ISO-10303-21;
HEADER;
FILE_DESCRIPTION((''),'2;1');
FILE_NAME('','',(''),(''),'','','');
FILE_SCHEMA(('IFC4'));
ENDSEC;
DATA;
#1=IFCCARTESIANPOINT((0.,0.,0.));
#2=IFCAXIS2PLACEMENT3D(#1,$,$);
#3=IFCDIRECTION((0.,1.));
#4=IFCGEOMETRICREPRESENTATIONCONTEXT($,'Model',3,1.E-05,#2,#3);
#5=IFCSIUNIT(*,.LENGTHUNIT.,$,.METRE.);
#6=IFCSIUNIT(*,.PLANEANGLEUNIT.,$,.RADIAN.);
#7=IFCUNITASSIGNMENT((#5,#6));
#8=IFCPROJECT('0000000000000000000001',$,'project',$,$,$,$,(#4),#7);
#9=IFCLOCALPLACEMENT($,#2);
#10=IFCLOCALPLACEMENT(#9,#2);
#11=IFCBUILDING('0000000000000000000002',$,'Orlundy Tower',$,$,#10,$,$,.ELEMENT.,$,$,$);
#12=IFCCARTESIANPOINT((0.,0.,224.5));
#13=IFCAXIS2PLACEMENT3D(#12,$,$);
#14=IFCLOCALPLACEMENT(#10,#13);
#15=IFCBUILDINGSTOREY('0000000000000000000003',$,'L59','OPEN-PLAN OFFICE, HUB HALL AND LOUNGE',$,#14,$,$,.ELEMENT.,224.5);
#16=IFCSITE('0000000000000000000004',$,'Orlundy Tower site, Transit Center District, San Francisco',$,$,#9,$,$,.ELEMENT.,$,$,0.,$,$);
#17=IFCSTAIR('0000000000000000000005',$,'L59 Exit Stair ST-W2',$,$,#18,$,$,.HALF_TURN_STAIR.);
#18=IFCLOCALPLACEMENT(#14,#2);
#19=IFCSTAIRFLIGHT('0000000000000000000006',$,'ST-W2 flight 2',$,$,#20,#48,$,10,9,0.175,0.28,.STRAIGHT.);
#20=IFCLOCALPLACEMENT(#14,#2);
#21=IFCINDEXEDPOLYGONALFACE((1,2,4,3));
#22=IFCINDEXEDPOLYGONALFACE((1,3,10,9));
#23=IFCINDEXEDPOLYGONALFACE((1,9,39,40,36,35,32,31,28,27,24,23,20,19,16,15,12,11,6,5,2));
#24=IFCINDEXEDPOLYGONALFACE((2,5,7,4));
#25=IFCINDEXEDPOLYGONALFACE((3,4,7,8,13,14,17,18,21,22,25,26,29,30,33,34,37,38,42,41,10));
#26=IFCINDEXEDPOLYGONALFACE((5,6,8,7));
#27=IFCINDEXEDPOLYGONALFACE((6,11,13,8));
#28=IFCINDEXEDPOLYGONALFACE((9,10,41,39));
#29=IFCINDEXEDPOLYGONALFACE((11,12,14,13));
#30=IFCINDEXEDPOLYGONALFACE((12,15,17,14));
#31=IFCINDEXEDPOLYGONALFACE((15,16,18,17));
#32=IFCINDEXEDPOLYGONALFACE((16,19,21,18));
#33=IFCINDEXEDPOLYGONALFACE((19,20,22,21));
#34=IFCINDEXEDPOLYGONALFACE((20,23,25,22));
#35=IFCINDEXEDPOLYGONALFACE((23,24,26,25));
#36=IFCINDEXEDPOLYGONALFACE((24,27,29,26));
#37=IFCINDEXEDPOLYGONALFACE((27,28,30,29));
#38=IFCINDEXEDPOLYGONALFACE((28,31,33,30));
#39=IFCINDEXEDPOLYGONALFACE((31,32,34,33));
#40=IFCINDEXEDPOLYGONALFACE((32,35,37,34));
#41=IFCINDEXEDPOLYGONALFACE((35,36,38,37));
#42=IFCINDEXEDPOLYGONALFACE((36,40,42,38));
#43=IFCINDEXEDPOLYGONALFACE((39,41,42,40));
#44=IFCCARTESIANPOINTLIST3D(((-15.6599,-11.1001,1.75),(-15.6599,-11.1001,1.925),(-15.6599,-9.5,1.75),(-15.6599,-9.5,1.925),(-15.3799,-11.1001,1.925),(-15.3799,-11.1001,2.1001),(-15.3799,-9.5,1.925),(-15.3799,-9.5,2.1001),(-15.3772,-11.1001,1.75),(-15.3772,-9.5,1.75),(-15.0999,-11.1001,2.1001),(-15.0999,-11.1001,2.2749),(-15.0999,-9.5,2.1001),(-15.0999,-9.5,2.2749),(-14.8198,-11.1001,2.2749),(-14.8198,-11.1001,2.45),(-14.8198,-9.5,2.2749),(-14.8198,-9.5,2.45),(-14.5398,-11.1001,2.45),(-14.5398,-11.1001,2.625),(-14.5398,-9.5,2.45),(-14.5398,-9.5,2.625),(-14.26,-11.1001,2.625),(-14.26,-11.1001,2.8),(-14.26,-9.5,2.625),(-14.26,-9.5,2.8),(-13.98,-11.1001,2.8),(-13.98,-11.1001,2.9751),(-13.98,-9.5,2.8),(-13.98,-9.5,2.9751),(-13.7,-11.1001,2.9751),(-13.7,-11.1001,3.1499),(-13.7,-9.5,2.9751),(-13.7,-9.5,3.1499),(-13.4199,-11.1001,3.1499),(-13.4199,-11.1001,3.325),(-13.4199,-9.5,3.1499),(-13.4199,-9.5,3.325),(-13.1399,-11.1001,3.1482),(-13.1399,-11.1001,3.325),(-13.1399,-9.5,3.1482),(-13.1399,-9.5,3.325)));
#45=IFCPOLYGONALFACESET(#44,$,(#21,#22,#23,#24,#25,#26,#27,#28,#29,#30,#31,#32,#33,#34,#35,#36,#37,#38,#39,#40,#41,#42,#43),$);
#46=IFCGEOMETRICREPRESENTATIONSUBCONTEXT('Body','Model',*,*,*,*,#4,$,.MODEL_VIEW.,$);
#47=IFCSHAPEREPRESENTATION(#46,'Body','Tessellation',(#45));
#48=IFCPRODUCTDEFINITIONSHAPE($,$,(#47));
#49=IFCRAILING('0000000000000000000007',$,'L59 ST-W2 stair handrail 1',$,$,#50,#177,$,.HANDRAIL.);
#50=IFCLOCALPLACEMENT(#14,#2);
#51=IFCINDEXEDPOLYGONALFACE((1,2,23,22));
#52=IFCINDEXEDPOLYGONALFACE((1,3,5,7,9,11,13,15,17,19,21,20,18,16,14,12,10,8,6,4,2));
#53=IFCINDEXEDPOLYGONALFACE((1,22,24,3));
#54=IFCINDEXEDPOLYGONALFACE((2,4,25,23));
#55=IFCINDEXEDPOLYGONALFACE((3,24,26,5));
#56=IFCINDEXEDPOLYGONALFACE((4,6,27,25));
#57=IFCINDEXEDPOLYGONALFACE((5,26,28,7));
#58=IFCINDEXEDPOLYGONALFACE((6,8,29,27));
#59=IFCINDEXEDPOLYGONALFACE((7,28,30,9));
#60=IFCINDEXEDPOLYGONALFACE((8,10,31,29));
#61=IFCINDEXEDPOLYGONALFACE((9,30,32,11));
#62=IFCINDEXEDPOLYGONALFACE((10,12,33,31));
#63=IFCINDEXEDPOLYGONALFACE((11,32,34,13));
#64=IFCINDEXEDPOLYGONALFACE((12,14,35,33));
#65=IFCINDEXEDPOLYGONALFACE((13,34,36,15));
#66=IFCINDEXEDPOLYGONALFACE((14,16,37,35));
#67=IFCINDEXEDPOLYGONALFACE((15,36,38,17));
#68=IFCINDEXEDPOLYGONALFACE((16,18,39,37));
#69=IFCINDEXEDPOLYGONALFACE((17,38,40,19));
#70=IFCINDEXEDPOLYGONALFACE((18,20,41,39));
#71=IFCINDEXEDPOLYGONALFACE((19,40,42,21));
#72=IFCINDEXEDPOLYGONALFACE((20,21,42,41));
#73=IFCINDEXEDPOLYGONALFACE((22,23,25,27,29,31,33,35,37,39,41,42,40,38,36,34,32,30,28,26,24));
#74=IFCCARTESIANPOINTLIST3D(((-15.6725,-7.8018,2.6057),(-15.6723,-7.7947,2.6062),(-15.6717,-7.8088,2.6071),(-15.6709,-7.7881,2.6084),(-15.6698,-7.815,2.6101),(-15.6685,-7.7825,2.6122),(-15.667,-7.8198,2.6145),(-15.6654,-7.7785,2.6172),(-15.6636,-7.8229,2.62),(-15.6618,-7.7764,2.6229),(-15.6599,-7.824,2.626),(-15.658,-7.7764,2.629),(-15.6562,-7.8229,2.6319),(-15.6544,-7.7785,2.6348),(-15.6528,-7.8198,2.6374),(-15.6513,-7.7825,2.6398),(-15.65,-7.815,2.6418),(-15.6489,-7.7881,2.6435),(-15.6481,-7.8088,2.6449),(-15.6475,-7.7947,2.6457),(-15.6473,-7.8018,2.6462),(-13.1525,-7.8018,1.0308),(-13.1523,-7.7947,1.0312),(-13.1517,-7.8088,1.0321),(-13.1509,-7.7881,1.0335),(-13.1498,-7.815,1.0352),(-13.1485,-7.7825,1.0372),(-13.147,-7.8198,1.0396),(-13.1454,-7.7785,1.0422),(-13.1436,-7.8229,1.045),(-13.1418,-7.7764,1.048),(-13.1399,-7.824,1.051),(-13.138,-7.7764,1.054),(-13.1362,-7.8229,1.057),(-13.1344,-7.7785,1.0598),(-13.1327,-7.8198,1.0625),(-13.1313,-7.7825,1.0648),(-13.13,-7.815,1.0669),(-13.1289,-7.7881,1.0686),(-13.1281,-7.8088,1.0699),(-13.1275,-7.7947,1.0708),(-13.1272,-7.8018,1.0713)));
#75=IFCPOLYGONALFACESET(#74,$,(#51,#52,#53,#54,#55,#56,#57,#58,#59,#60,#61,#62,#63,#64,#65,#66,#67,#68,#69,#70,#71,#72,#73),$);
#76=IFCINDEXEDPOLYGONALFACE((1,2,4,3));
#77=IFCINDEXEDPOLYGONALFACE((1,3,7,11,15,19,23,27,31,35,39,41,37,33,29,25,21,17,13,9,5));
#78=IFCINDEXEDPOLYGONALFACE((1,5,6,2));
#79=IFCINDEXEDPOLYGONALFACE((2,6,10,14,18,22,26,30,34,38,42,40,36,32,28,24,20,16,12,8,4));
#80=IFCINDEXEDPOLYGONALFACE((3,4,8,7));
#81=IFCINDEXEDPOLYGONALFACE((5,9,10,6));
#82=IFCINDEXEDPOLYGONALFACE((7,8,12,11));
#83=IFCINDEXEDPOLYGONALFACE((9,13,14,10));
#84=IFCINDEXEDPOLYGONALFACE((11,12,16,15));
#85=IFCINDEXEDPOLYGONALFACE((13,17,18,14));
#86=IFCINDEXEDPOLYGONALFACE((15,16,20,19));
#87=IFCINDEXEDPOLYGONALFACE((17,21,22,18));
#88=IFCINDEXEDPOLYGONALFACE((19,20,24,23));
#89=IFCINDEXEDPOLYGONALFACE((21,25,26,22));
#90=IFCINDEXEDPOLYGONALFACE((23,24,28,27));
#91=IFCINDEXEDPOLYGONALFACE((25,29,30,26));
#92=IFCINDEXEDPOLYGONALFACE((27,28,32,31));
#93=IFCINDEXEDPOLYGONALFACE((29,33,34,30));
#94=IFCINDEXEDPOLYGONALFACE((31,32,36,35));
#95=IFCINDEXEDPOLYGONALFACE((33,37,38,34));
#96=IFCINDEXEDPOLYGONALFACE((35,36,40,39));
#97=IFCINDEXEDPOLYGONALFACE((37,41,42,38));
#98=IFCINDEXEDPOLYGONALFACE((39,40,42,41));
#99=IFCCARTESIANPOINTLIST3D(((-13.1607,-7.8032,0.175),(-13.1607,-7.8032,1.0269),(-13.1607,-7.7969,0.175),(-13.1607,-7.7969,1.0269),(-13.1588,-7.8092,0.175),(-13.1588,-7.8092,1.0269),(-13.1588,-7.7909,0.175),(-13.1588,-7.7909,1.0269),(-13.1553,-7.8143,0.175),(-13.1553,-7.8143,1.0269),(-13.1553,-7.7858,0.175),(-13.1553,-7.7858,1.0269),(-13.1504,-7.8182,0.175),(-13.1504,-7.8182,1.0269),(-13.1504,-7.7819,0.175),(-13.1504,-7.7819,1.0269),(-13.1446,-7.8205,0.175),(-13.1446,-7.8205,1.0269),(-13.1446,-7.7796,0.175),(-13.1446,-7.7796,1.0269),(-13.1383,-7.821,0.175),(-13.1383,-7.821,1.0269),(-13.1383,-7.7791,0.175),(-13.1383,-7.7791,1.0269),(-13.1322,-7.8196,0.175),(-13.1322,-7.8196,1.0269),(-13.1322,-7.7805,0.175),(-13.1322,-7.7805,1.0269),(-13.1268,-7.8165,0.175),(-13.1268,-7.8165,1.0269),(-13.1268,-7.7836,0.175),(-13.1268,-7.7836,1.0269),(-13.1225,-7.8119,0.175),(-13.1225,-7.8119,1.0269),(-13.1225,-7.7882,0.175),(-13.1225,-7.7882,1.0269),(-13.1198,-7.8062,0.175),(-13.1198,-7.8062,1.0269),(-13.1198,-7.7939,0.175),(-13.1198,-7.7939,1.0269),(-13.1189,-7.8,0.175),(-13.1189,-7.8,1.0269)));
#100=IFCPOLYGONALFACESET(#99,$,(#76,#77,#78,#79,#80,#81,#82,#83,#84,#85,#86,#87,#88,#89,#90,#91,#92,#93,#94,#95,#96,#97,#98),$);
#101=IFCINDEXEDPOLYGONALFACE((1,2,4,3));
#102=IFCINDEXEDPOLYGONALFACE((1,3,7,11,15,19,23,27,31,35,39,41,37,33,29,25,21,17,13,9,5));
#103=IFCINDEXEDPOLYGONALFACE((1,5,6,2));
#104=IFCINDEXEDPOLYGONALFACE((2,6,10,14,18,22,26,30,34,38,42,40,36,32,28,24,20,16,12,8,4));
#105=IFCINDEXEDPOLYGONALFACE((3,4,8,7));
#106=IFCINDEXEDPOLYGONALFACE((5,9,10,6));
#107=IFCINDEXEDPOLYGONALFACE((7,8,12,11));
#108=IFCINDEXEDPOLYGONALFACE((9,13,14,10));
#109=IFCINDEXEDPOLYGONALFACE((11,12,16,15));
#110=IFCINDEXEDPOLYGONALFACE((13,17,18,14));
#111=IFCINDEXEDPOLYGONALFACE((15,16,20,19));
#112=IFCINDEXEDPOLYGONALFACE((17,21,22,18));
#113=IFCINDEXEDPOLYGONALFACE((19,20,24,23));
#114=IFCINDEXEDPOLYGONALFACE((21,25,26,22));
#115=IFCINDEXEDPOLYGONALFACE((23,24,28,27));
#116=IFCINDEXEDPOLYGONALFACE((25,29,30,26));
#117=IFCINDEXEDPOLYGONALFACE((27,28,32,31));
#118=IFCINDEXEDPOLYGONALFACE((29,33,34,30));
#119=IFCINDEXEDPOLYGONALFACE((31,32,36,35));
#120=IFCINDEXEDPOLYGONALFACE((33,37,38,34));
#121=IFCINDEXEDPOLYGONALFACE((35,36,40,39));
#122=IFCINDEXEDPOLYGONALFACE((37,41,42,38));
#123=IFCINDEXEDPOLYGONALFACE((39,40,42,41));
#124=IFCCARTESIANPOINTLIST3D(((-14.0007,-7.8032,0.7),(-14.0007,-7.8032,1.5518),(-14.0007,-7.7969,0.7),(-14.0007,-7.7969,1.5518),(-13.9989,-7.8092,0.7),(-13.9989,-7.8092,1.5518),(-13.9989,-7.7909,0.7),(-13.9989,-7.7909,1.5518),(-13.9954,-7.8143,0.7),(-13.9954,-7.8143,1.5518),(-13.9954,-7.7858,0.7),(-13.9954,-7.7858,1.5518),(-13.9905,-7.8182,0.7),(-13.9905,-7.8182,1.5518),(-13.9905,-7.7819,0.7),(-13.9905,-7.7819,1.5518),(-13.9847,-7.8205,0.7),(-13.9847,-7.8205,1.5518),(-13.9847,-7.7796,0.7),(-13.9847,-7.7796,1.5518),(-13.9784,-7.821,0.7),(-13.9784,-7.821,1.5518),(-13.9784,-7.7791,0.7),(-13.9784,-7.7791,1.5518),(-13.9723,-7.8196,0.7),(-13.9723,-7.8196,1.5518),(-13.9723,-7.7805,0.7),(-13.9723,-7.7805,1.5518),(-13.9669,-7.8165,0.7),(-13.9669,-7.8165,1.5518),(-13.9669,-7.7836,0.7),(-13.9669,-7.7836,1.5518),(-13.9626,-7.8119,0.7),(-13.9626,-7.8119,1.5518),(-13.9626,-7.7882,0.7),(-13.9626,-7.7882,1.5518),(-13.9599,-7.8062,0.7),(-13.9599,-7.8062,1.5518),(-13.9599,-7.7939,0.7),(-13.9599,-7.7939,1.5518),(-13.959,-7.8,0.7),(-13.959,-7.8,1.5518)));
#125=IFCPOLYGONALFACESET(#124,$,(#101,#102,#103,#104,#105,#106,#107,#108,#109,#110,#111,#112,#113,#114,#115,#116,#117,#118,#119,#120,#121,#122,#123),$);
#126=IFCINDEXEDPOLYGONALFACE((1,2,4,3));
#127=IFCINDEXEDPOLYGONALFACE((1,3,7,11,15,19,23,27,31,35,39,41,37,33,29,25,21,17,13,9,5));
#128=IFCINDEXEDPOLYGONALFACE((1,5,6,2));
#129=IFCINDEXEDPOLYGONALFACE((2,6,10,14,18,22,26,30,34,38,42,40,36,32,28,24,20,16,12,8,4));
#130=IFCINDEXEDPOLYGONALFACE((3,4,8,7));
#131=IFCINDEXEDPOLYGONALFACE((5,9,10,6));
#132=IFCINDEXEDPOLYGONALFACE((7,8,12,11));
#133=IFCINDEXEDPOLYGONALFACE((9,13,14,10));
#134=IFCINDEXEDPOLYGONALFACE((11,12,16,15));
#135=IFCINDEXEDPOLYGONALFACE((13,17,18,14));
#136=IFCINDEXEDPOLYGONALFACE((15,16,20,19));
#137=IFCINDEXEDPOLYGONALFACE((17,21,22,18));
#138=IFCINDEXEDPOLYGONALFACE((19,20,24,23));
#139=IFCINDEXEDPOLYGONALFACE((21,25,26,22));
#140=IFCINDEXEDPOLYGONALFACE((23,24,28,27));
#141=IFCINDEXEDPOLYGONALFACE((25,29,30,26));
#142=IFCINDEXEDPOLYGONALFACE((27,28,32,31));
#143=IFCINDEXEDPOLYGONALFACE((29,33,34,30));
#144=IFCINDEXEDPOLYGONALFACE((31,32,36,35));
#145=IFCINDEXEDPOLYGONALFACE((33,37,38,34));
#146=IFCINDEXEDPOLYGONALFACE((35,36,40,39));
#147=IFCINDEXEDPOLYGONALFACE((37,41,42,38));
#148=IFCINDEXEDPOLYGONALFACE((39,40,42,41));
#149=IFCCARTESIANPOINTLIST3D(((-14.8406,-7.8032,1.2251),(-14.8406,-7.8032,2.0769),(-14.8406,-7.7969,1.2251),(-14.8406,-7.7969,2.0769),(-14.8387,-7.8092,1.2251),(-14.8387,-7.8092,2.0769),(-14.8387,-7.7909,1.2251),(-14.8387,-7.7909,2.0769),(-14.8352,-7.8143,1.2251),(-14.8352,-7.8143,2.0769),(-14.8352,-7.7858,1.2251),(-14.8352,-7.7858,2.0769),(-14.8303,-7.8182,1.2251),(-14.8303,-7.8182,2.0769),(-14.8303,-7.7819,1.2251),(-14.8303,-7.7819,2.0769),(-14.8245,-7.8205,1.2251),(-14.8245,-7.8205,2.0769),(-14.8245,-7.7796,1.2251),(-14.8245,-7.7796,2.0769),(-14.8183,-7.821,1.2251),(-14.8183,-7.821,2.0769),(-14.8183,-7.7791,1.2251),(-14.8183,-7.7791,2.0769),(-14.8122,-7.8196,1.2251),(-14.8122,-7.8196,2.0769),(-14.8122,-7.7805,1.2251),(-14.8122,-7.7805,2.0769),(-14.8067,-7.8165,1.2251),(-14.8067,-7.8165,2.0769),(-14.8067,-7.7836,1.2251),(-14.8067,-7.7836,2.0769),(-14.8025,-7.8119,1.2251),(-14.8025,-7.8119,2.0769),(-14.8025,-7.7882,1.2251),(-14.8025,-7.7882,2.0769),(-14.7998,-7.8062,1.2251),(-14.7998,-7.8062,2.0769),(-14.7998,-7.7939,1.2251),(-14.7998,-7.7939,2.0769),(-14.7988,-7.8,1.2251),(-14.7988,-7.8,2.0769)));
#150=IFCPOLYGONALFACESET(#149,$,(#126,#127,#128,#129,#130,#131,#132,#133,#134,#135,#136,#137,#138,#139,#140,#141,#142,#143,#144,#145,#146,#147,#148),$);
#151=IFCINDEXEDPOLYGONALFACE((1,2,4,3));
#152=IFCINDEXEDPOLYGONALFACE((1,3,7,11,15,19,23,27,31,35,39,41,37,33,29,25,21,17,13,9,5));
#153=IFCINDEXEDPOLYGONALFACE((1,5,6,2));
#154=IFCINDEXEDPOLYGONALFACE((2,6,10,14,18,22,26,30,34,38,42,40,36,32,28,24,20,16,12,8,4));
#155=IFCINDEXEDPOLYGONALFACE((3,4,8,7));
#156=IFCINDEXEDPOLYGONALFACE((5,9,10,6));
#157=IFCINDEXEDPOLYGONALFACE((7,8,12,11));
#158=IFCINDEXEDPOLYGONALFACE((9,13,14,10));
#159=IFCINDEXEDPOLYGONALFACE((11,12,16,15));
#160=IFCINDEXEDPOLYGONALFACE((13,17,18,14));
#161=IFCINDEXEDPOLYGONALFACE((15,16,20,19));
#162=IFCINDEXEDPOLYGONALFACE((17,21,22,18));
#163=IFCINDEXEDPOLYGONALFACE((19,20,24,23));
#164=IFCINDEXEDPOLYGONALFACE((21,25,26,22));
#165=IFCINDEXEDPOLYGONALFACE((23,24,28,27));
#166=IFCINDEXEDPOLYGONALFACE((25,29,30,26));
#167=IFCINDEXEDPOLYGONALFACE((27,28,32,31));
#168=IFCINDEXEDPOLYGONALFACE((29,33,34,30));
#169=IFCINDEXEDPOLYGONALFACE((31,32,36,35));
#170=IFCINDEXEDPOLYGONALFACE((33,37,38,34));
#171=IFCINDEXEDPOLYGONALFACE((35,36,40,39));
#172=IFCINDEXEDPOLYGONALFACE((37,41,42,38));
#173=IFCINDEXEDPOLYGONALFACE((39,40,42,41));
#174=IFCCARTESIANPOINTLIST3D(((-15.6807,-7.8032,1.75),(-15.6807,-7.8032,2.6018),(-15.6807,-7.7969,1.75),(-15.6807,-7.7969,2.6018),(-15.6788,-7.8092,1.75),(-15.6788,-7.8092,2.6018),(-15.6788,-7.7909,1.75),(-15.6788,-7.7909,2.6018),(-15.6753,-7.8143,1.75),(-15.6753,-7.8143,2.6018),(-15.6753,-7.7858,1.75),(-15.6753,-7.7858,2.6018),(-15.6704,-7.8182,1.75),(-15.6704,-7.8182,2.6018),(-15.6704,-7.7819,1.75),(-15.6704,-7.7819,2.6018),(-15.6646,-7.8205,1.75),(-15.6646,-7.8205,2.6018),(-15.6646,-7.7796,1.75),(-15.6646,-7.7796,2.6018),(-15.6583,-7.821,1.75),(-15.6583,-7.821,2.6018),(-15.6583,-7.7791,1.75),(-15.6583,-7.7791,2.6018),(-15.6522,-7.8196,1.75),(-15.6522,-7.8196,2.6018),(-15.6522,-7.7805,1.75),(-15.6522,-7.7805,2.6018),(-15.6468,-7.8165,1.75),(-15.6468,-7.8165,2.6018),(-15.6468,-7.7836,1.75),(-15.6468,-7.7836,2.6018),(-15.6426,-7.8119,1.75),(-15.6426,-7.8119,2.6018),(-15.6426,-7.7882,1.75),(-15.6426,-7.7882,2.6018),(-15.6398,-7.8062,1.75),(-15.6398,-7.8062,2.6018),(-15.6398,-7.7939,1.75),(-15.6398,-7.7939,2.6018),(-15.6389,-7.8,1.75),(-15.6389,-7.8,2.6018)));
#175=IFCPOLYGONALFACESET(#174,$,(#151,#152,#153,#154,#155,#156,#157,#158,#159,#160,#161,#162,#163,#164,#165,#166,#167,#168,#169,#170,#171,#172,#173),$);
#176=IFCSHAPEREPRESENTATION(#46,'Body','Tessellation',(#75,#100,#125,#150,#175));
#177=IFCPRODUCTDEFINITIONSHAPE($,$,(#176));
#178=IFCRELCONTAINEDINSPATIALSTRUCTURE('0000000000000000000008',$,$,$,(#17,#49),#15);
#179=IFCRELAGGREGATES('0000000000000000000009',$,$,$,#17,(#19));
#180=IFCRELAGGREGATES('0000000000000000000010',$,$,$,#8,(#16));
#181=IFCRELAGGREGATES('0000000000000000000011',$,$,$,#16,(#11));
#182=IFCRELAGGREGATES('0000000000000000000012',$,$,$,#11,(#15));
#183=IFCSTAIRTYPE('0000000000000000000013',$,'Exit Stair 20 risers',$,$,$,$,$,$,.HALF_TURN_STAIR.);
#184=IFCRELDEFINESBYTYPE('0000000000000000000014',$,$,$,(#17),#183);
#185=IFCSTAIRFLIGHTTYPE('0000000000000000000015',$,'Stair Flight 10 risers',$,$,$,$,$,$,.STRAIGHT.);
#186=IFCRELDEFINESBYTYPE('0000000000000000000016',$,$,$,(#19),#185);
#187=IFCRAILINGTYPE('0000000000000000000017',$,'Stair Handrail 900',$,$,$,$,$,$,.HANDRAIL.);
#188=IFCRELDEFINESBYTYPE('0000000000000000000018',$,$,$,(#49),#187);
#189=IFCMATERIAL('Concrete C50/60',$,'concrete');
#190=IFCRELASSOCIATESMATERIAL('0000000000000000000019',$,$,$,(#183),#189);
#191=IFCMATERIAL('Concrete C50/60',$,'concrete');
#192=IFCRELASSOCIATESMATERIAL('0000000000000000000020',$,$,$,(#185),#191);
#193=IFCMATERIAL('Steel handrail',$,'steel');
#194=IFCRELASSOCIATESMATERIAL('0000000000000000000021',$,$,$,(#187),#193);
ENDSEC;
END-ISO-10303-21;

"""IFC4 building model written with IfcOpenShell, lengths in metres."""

from ifc_helpers import new_model, si_unit, direction, frame, origin, origin_2d, place, context, subcontext, project, spatial, polyline, circle, outline, extrude, material, type_object, element, aggregate, save


model = new_model("IFC4")

# Units and contexts
model_context = context("Model", 3, precision=1e-05, world=origin(), true_north=direction((0.0, 1.0)))
body_context = subcontext(model_context, "Body", "Model", "MODEL_VIEW")
ifc_project = project(units=[si_unit("LENGTHUNIT", "METRE"), si_unit("PLANEANGLEUNIT", "RADIAN")], contexts=[model_context])

# Site, building, storey
site_placement = place(None, origin())
site = spatial("IfcSite", under=ifc_project, at=site_placement, Name="Orlundy Tower site, Transit Center District, San Francisco", CompositionType="ELEMENT", RefElevation=0.0)
building_placement = place(site_placement, origin())
building = spatial("IfcBuilding", under=site, at=building_placement, Name="Orlundy Tower", CompositionType="ELEMENT")
storey_placement = place(building_placement, frame((0.0, 0.0, 224.5)))
storey = spatial("IfcBuildingStorey", under=building, at=storey_placement, Name="L59", Description="OPEN-PLAN OFFICE, HUB HALL AND LOUNGE", CompositionType="ELEMENT", Elevation=224.5)

# Stair, stair flight
ifc_material_1 = material(Name="Concrete C50/60", Category="concrete")
stair_type = type_object("IfcStairType", Name="Exit Stair 20 risers", PredefinedType="HALF_TURN_STAIR", material=ifc_material_1)
stair_placement = place(storey_placement, origin())
stair = element("IfcStair", 1, at=stair_placement, inside=storey, type_object=stair_type, Name="L59 Exit Stair ST-W2", PredefinedType="HALF_TURN_STAIR")
ifc_material_2 = material(Name="Concrete C50/60", Category="concrete")
stair_flight_type = type_object("IfcStairFlightType", Name="Stair Flight 10 risers", PredefinedType="STRAIGHT", material=ifc_material_2)
stair_flight_1_placement = place(storey_placement, frame((-15.6599, -10.3, 1.75), z_axis=(0.0, 0.0, 1.0), x_axis=(1.0, 0.0, 0.0)))
stair_flight_1 = element("IfcStairFlight", 2, at=stair_flight_1_placement, type_object=stair_flight_type, Name="ST-W2 flight 2", NumberOfRisers=10, NumberOfTreads=9, PredefinedType="STRAIGHT", RiserHeight=0.175, TreadLength=0.28, context=body_context, shape_type="SweptSolid", body=[
    extrude(outline(polyline([(0.0, 0.0), (0.0, 0.175), (0.28, 0.175), (0.28, 0.3501), (0.5601, 0.3501), (0.5601, 0.5249), (0.8401, 0.5249), (0.8401, 0.7), (1.1201, 0.7), (1.1201, 0.875), (1.3999, 0.875), (1.3999, 1.05), (1.6799, 1.05), (1.6799, 1.2251), (1.96, 1.2251), (1.96, 1.3999), (2.24, 1.3999), (2.24, 1.575), (2.52, 1.575), (2.52, 1.75), (2.52, 1.3982), (0.2827, 0.0), (0.0, 0.0)])), frame((0.0, 0.8, 0.0), z_axis=(0.0, -1.0, 0.0), x_axis=(1.0, 0.0, 0.0)), (0.0, 0.0, 1.0), 1.6001),
])
aggregate(stair, [stair_flight_1])

# Railing
ifc_material_3 = material(Name="Steel handrail", Category="steel")
railing_type_1 = type_object("IfcRailingType", Name="Stair Handrail 900", PredefinedType="HANDRAIL", material=ifc_material_3)
railing_1_placement = place(storey_placement, frame((-13.1399, -7.8, 0.175)))
element("IfcRailing", 3, at=railing_1_placement, inside=storey, type_object=railing_type_1, Name="L59 ST-W2 stair handrail 1", PredefinedType="HANDRAIL", context=body_context, shape_type="SweptSolid", body=[
    extrude(circle(Radius=0.0239, at=origin_2d()), frame((0.0, 0.0, 0.876), z_axis=(-0.848008, 0.0, 0.529984), x_axis=(0.0, -1.0, 0.0)), (0.0, 0.0, 1.0), 2.9717),
    extrude(circle(Radius=0.021, at=origin_2d()), origin(), (0.0, 0.0, 1.0), 0.8518),
    extrude(circle(Radius=0.021, at=origin_2d()), frame((-0.8401, 0.0, 0.5249)), (0.0, 0.0, 1.0), 0.8518),
    extrude(circle(Radius=0.021, at=origin_2d()), frame((-1.6799, 0.0, 1.05)), (0.0, 0.0, 1.0), 0.8518),
    extrude(circle(Radius=0.021, at=origin_2d()), frame((-2.52, 0.0, 1.575)), (0.0, 0.0, 1.0), 0.8518),
])

save(model, "model.ifc")
